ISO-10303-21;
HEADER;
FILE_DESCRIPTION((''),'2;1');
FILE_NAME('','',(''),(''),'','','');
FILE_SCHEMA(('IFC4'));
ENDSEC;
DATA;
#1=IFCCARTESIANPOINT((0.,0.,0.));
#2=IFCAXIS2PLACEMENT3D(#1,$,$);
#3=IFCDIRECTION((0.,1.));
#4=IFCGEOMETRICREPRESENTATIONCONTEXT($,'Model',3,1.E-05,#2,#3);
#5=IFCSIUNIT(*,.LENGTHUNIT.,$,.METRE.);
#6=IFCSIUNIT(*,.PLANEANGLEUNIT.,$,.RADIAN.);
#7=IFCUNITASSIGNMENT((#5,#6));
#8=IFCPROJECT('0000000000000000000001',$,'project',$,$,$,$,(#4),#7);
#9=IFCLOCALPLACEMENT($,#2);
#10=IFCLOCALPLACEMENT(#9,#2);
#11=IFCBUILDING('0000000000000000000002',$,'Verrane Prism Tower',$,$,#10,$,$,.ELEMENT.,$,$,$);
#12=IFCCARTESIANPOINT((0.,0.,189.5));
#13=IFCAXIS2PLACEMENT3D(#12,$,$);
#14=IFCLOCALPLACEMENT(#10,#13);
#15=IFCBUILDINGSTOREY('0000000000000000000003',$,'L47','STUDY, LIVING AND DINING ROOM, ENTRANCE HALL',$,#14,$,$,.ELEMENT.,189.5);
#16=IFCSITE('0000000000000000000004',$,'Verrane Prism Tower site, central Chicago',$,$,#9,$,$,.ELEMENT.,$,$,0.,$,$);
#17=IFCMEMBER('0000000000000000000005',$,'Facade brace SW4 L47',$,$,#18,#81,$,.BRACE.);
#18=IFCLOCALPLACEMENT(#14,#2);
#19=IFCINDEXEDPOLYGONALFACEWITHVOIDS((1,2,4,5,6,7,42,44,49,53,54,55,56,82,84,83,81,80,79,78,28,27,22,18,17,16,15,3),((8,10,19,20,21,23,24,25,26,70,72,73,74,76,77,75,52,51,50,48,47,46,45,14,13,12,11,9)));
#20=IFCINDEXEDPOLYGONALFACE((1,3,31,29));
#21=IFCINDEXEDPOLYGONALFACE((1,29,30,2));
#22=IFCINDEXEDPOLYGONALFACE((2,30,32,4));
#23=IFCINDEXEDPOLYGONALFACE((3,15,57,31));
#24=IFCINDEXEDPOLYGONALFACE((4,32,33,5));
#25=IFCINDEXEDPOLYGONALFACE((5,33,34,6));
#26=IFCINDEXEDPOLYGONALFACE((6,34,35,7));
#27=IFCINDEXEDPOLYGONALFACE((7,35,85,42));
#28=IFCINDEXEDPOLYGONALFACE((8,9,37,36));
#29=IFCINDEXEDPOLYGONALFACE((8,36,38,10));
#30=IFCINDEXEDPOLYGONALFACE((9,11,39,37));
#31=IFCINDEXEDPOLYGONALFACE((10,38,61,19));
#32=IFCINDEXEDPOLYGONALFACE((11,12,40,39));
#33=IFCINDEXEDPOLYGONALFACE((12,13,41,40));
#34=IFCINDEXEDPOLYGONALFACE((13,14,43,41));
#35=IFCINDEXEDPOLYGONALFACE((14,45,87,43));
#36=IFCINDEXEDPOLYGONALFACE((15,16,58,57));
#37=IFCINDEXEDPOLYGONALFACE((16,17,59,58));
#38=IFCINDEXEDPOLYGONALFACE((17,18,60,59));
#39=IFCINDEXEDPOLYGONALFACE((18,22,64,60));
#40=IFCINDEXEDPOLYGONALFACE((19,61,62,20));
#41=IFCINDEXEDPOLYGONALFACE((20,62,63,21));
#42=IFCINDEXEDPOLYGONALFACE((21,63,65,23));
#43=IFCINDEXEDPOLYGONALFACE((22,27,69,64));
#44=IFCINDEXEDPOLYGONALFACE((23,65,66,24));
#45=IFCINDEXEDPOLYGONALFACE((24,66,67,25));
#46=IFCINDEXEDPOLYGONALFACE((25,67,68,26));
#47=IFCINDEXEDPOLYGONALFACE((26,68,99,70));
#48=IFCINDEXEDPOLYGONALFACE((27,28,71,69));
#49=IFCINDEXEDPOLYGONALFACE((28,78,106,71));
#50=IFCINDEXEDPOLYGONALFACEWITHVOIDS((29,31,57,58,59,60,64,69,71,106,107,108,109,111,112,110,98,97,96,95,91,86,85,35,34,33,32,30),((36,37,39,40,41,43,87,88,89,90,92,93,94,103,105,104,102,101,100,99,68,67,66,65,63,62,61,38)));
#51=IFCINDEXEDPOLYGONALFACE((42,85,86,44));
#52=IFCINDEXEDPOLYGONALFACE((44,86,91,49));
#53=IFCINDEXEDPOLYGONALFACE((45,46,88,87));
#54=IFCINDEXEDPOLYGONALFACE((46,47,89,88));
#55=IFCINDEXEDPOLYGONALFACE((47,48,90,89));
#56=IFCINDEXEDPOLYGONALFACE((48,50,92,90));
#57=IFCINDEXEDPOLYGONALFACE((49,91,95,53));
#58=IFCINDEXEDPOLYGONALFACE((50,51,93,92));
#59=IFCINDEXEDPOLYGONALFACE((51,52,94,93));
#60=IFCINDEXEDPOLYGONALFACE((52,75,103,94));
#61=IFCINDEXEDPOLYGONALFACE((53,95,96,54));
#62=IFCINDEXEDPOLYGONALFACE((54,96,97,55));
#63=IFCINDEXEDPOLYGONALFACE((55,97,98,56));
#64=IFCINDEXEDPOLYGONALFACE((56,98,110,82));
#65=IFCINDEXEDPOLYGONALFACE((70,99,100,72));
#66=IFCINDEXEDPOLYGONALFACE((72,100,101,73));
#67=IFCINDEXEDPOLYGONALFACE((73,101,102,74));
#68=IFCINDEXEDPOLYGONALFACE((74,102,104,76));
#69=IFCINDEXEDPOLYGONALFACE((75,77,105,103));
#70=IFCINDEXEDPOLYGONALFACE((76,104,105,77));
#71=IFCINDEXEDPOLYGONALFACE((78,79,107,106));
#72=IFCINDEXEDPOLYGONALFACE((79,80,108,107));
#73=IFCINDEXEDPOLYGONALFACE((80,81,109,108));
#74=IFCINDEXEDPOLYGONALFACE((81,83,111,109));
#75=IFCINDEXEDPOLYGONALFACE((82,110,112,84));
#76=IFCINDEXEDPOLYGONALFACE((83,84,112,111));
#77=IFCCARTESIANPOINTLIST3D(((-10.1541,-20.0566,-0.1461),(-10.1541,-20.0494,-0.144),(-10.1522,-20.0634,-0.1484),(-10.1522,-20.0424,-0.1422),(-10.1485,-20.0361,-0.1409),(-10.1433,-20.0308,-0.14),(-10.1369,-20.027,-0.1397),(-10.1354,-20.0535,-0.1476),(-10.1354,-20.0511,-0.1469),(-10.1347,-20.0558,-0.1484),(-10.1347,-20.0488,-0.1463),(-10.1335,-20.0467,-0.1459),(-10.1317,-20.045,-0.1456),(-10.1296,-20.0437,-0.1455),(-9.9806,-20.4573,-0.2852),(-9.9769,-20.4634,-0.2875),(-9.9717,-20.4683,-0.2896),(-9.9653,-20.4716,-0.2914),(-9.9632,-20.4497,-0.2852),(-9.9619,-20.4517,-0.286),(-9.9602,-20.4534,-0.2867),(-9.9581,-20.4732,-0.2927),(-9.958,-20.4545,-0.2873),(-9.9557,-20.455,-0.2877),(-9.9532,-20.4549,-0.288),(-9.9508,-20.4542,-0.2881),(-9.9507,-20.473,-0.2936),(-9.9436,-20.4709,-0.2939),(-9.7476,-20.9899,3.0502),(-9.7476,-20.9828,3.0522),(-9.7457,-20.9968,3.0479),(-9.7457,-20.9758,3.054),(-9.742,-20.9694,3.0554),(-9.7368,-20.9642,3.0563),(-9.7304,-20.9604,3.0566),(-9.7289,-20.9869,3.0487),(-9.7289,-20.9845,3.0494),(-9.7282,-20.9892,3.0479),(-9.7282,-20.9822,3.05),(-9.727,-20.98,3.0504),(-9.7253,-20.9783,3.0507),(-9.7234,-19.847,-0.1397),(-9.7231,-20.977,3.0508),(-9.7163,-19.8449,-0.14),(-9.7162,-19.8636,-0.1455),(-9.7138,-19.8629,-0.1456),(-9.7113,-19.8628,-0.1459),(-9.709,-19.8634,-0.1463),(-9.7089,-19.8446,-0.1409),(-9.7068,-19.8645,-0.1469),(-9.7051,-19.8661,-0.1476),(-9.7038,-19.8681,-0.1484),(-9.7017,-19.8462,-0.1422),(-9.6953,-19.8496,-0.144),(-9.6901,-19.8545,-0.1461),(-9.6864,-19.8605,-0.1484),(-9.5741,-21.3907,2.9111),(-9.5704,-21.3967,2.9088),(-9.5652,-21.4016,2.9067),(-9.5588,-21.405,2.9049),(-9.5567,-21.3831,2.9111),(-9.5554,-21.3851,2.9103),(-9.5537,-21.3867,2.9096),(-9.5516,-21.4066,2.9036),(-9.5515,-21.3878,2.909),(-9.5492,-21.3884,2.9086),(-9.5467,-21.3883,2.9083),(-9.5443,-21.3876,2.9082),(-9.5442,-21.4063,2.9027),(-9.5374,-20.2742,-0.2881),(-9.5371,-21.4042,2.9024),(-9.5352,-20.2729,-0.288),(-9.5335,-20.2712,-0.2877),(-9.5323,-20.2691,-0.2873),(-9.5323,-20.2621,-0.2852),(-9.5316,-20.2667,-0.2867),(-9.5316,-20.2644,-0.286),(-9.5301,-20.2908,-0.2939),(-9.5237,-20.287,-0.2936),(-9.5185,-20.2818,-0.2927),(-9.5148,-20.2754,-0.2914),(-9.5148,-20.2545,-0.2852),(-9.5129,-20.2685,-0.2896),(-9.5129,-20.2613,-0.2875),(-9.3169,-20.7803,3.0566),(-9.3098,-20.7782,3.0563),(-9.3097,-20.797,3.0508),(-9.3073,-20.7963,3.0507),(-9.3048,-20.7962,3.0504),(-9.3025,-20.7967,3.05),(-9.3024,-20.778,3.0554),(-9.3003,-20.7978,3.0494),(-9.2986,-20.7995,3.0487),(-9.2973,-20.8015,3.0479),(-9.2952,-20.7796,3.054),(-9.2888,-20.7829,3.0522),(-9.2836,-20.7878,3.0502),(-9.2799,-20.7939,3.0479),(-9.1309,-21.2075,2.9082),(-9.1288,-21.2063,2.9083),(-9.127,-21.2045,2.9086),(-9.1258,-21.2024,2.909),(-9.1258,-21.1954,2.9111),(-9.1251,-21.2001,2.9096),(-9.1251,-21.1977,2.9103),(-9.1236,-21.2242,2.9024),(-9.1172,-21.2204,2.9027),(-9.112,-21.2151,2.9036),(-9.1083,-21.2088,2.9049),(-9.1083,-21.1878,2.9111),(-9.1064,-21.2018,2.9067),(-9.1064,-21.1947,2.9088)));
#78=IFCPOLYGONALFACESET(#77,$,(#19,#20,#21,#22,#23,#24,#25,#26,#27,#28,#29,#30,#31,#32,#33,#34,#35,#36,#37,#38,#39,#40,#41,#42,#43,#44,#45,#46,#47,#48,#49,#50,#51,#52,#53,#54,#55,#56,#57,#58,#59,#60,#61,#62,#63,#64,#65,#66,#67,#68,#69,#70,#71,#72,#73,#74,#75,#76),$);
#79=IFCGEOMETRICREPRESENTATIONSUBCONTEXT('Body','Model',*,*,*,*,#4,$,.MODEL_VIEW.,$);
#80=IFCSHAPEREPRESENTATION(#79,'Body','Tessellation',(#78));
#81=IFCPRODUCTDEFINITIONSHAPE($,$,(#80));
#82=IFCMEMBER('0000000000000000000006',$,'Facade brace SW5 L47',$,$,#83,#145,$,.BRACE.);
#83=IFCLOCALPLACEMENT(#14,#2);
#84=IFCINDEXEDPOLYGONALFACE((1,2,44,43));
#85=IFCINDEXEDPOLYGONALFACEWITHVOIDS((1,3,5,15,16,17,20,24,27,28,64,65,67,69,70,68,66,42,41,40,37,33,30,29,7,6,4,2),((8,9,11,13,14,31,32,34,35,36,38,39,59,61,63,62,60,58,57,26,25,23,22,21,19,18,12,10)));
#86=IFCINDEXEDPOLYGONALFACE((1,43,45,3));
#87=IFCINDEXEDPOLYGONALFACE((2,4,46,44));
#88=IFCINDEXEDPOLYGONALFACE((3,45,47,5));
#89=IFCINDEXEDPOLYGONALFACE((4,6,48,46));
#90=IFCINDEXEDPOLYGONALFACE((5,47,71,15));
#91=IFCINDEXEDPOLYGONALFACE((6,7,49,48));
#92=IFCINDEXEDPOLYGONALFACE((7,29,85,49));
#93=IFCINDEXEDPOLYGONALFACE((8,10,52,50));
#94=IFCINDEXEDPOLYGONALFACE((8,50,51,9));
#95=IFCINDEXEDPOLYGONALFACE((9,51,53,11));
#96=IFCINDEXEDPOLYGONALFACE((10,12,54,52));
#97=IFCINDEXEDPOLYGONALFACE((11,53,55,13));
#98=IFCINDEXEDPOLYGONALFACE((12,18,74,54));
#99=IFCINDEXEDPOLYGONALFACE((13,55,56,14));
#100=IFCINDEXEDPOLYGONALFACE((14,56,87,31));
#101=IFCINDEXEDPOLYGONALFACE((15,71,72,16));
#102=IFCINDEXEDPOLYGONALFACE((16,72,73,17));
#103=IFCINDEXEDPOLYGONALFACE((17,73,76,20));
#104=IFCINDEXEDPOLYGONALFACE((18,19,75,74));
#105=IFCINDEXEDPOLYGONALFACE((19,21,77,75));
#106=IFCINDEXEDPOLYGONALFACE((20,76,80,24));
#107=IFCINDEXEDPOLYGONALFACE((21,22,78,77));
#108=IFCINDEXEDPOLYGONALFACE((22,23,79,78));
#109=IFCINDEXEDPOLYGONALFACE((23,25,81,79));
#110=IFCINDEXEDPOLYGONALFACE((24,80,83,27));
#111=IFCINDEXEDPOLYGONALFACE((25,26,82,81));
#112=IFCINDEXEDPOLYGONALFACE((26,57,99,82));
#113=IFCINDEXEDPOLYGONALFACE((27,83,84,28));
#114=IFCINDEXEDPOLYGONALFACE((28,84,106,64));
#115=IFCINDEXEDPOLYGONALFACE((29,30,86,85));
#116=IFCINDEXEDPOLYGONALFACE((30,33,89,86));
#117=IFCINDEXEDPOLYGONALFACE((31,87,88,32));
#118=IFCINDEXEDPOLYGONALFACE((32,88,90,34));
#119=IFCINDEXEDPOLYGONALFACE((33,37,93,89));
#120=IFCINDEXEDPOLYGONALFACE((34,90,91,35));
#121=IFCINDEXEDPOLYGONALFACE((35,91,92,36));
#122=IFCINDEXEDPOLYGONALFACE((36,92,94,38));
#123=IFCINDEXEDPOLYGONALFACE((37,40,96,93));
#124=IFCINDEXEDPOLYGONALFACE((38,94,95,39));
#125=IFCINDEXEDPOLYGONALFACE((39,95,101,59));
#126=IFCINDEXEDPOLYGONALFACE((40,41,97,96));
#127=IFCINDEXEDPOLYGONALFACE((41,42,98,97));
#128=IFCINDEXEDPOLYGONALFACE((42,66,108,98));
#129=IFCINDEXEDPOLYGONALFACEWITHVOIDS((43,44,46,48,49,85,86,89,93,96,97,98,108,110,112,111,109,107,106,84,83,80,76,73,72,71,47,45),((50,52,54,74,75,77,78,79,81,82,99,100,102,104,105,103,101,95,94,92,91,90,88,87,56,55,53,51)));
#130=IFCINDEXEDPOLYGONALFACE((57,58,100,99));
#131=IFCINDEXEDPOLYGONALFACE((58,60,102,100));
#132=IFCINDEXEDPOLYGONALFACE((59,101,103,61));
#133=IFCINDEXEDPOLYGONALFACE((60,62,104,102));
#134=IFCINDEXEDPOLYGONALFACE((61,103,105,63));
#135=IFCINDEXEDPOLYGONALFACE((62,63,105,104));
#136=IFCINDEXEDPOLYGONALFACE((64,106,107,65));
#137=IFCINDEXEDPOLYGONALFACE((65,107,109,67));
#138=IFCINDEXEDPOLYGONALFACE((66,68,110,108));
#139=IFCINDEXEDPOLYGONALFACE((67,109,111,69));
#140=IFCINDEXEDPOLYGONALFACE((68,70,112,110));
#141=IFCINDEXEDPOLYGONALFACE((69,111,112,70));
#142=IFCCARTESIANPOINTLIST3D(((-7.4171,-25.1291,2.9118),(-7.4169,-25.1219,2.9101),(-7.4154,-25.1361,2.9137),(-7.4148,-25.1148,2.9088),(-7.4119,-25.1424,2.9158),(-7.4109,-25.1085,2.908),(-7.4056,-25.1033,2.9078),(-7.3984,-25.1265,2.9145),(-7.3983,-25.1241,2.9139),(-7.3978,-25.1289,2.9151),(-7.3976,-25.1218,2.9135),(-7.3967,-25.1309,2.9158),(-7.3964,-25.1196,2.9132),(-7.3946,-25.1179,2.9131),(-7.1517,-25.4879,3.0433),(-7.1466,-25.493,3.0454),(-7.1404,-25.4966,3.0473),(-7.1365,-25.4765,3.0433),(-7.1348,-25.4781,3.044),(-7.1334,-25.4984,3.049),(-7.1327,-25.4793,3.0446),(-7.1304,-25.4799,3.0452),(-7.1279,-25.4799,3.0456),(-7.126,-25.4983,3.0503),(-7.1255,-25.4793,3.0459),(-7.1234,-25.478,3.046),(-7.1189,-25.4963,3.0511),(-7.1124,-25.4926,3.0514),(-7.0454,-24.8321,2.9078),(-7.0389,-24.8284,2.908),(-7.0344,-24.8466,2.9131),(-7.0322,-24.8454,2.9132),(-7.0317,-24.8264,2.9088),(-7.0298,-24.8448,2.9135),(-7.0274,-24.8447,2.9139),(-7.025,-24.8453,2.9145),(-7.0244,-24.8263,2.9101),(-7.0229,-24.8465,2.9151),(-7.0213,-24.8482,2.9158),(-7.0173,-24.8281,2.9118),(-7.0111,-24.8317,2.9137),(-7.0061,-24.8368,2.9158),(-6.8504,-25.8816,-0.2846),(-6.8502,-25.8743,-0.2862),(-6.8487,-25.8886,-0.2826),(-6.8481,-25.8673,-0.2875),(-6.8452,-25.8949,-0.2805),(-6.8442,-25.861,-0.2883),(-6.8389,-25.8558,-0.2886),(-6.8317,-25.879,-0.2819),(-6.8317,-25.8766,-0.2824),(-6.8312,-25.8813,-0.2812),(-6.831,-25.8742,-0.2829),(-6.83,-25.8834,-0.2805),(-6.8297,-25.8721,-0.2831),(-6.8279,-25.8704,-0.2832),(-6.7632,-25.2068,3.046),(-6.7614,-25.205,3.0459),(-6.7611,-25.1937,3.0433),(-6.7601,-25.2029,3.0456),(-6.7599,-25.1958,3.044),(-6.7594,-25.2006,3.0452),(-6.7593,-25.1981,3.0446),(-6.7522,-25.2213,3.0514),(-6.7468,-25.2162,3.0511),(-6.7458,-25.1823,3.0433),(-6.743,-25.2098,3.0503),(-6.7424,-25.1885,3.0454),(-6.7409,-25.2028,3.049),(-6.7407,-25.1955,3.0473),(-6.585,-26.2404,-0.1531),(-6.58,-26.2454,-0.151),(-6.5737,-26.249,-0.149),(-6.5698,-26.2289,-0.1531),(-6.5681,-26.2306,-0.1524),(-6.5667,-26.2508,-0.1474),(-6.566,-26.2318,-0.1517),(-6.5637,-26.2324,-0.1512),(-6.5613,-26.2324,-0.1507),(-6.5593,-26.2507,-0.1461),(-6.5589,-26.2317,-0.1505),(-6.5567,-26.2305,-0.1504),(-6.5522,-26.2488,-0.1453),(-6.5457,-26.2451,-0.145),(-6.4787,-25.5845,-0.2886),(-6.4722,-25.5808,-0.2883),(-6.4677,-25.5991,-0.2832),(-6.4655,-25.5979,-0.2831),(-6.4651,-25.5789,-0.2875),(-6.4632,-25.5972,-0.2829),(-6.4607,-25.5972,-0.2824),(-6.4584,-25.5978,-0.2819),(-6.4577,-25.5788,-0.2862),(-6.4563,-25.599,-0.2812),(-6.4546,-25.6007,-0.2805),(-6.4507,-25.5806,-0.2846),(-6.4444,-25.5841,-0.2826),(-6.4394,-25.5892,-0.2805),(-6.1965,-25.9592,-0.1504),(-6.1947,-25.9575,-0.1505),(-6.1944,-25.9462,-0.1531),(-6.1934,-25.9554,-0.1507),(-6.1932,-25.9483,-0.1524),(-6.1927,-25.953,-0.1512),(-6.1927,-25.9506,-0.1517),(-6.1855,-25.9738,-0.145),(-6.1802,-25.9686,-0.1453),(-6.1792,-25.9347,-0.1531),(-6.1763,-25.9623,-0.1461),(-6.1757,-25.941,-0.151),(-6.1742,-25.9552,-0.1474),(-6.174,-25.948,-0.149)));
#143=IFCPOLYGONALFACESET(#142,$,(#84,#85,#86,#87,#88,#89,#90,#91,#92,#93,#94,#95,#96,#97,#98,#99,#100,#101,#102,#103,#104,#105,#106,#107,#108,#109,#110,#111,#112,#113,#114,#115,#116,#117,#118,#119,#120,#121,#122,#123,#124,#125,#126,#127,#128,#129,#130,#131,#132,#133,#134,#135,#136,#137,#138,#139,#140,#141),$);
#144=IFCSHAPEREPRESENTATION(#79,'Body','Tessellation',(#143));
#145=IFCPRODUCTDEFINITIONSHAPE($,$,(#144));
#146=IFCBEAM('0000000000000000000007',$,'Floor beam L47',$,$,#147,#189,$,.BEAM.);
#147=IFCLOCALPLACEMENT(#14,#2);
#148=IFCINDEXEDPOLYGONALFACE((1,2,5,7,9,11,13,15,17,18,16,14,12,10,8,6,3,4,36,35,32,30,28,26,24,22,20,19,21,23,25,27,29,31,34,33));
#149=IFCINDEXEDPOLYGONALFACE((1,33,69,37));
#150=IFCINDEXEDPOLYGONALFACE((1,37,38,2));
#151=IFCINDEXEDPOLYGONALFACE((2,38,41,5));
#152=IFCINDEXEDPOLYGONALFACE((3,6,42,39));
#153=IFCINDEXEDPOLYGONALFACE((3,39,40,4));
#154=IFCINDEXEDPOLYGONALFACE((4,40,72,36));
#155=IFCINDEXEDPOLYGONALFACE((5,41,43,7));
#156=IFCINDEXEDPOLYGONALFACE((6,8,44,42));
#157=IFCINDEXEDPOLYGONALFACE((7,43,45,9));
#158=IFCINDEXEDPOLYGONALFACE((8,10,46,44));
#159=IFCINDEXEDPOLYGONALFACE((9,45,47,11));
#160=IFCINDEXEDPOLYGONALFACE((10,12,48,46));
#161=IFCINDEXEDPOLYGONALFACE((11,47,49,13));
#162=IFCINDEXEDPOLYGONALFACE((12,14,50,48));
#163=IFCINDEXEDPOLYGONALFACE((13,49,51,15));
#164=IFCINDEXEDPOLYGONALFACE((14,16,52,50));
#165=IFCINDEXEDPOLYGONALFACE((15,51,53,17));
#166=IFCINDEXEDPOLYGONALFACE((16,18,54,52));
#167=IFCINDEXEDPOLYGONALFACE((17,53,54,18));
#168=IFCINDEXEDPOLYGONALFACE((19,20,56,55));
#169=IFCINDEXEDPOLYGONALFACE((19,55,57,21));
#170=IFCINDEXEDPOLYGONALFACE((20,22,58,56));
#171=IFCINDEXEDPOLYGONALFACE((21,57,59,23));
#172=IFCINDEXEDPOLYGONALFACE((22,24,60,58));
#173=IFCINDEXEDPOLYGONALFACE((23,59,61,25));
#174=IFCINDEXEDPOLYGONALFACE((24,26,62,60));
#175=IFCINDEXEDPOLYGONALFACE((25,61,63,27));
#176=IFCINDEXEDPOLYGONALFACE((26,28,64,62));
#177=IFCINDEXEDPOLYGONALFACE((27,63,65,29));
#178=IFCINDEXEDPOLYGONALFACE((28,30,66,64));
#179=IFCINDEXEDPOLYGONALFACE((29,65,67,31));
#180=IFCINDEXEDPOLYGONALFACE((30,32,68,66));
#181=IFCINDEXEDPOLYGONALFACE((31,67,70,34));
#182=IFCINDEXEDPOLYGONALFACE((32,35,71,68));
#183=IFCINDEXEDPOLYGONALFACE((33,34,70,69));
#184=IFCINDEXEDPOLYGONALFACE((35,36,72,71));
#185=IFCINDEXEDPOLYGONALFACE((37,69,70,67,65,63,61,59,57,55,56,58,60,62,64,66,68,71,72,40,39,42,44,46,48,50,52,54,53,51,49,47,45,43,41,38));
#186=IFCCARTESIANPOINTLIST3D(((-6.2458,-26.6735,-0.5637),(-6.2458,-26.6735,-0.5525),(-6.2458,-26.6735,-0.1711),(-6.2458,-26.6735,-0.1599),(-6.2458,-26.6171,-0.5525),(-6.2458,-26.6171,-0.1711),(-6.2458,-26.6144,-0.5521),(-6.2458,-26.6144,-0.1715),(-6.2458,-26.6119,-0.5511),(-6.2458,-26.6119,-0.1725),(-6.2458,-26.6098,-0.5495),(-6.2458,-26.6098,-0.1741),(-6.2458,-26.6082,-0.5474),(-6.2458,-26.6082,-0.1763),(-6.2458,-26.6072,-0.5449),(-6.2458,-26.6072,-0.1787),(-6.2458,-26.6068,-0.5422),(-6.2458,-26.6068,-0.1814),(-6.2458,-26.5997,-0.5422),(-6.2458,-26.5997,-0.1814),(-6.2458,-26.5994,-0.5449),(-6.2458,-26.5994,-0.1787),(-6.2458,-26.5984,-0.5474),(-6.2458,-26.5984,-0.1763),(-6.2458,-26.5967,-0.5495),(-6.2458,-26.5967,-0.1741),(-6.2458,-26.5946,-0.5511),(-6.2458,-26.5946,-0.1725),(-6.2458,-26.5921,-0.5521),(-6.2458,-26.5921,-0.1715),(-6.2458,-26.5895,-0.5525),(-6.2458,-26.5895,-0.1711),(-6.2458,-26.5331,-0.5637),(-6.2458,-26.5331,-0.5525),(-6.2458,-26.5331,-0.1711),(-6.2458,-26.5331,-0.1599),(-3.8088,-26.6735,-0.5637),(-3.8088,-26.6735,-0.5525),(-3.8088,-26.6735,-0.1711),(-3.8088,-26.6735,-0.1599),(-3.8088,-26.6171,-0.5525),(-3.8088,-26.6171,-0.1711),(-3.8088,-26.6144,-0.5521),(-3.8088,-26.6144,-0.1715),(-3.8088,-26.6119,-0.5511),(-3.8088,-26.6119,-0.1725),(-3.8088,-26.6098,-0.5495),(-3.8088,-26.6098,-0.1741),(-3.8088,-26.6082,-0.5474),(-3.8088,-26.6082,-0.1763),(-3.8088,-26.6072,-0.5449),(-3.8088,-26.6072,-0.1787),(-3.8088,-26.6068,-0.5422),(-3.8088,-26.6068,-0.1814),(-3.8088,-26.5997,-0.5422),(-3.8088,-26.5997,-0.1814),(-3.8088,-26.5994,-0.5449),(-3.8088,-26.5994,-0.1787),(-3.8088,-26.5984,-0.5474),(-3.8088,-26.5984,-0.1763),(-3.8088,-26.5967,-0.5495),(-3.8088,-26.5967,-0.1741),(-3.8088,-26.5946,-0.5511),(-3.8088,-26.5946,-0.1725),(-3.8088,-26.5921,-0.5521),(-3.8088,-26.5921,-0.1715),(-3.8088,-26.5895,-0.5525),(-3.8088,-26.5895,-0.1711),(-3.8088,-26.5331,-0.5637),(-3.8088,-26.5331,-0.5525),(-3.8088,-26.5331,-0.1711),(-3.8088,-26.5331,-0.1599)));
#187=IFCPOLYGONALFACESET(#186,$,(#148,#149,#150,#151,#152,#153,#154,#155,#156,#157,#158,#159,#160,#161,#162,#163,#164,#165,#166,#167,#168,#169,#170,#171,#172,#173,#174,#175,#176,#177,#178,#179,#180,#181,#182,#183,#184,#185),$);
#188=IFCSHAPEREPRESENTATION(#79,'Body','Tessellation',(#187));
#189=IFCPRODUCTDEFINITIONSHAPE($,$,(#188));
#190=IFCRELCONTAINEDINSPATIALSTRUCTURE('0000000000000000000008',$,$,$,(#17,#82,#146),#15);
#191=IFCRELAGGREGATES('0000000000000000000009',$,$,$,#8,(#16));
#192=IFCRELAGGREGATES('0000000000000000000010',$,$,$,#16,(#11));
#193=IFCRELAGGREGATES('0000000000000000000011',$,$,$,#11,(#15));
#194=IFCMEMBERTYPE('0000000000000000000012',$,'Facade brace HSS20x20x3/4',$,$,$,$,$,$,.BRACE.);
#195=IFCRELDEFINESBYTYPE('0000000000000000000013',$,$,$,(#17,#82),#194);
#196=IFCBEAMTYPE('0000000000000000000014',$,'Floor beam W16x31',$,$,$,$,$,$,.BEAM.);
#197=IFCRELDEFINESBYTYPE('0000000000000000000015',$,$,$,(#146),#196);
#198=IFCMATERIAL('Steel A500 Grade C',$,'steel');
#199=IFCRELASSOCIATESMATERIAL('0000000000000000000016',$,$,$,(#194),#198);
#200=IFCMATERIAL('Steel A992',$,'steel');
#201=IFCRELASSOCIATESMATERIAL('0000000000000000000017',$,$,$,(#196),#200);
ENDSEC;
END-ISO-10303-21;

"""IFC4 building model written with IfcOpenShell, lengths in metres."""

from ifc_helpers import new_model, si_unit, direction, frame, origin, origin_2d, place, context, subcontext, project, spatial, hollow_rectangle, i_section, extrude, material, material_profile, profile_set, type_object, element, save


model = new_model("IFC4")

# Units and contexts
model_context = context("Model", 3, precision=1e-05, world=origin(), true_north=direction((0.0, 1.0)))
body_context = subcontext(model_context, "Body", "Model", "MODEL_VIEW")
ifc_project = project(units=[si_unit("LENGTHUNIT", "METRE"), si_unit("PLANEANGLEUNIT", "RADIAN")], contexts=[model_context])

# Site, building, storey
site_placement = place(None, origin())
site = spatial("IfcSite", under=ifc_project, at=site_placement, Name="Verrane Prism Tower site, central Chicago", CompositionType="ELEMENT", RefElevation=0.0)
building_placement = place(site_placement, origin())
building = spatial("IfcBuilding", under=site, at=building_placement, Name="Verrane Prism Tower", CompositionType="ELEMENT")
storey_placement = place(building_placement, frame((0.0, 0.0, 189.5)))
storey = spatial("IfcBuildingStorey", under=building, at=storey_placement, Name="L47", Description="STUDY, LIVING AND DINING ROOM, ENTRANCE HALL", CompositionType="ELEMENT", Elevation=189.5)

# Members
ifc_material_1 = material(Name="Steel A500 Grade C", Category="steel")
ifc_material_profile_1 = material_profile(ifc_material_1, hollow_rectangle(XDim=0.5081, YDim=0.5081, WallThickness=0.019, InnerFilletRadius=0.0095, OuterFilletRadius=0.0286, at=origin_2d()), Name="HSS20x20x3/4")
ifc_profile_set_1 = profile_set([ifc_material_profile_1], Name="Steel A500 Grade C")
member_type_1 = type_object("IfcMemberType", Name="Facade brace HSS20x20x3/4", PredefinedType="BRACE", material=ifc_profile_set_1)
member_1_placement = place(storey_placement, frame((-9.8335, -20.1589, -0.2168), z_axis=(0.121179, -0.278238, 0.952837), x_axis=(0.916822, 0.399296, 0.0)))
element("IfcMember", 1, at=member_1_placement, inside=storey, type_object=member_type_1, Name="Facade brace SW4 L47", PredefinedType="BRACE", context=body_context, shape_type="SweptSolid", body=[
    extrude(hollow_rectangle(XDim=0.5081, YDim=0.5081, WallThickness=0.019, InnerFilletRadius=0.0095, OuterFilletRadius=0.0286, at=origin_2d()), origin(), (0.0, 0.0, 1.0), 3.3545),
])
member_2_placement = place(storey_placement, frame((-6.5122, -25.9148, -0.2168), z_axis=(-0.170053, 0.22581, 0.959214), x_axis=(-0.798817, -0.601575, 0.0)))
element("IfcMember", 2, at=member_2_placement, inside=storey, type_object=member_type_1, Name="Facade brace SW5 L47", PredefinedType="BRACE", context=body_context, shape_type="SweptSolid", body=[
    extrude(hollow_rectangle(XDim=0.5081, YDim=0.5081, WallThickness=0.019, InnerFilletRadius=0.0095, OuterFilletRadius=0.0286, at=origin_2d()), origin(), (0.0, 0.0, 1.0), 3.3323),
])

# Beam
ifc_material_2 = material(Name="Steel A992", Category="steel")
ifc_material_profile_2 = material_profile(ifc_material_2, i_section(OverallWidth=0.1404, OverallDepth=0.4038, WebThickness=0.0071, FlangeThickness=0.0112, FilletRadius=0.0103, at=origin_2d()), Name="W16x31")
ifc_profile_set_2 = profile_set([ifc_material_profile_2], Name="Steel A992")
beam_type_1 = type_object("IfcBeamType", Name="Floor beam W16x31", PredefinedType="BEAM", material=ifc_profile_set_2)
beam_1_placement = place(storey_placement, frame((-6.2458, -26.6033, -0.3618), z_axis=(1.0, 0.0, 0.0), x_axis=(0.0, 1.0, 0.0)))
element("IfcBeam", 3, at=beam_1_placement, inside=storey, type_object=beam_type_1, Name="Floor beam L47", PredefinedType="BEAM", context=body_context, shape_type="SweptSolid", body=[
    extrude(i_section(OverallWidth=0.1404, OverallDepth=0.4038, WebThickness=0.0071, FlangeThickness=0.0112, FilletRadius=0.0103, at=origin_2d()), origin(), (0.0, 0.0, 1.0), 2.437),
])

save(model, "model.ifc")
